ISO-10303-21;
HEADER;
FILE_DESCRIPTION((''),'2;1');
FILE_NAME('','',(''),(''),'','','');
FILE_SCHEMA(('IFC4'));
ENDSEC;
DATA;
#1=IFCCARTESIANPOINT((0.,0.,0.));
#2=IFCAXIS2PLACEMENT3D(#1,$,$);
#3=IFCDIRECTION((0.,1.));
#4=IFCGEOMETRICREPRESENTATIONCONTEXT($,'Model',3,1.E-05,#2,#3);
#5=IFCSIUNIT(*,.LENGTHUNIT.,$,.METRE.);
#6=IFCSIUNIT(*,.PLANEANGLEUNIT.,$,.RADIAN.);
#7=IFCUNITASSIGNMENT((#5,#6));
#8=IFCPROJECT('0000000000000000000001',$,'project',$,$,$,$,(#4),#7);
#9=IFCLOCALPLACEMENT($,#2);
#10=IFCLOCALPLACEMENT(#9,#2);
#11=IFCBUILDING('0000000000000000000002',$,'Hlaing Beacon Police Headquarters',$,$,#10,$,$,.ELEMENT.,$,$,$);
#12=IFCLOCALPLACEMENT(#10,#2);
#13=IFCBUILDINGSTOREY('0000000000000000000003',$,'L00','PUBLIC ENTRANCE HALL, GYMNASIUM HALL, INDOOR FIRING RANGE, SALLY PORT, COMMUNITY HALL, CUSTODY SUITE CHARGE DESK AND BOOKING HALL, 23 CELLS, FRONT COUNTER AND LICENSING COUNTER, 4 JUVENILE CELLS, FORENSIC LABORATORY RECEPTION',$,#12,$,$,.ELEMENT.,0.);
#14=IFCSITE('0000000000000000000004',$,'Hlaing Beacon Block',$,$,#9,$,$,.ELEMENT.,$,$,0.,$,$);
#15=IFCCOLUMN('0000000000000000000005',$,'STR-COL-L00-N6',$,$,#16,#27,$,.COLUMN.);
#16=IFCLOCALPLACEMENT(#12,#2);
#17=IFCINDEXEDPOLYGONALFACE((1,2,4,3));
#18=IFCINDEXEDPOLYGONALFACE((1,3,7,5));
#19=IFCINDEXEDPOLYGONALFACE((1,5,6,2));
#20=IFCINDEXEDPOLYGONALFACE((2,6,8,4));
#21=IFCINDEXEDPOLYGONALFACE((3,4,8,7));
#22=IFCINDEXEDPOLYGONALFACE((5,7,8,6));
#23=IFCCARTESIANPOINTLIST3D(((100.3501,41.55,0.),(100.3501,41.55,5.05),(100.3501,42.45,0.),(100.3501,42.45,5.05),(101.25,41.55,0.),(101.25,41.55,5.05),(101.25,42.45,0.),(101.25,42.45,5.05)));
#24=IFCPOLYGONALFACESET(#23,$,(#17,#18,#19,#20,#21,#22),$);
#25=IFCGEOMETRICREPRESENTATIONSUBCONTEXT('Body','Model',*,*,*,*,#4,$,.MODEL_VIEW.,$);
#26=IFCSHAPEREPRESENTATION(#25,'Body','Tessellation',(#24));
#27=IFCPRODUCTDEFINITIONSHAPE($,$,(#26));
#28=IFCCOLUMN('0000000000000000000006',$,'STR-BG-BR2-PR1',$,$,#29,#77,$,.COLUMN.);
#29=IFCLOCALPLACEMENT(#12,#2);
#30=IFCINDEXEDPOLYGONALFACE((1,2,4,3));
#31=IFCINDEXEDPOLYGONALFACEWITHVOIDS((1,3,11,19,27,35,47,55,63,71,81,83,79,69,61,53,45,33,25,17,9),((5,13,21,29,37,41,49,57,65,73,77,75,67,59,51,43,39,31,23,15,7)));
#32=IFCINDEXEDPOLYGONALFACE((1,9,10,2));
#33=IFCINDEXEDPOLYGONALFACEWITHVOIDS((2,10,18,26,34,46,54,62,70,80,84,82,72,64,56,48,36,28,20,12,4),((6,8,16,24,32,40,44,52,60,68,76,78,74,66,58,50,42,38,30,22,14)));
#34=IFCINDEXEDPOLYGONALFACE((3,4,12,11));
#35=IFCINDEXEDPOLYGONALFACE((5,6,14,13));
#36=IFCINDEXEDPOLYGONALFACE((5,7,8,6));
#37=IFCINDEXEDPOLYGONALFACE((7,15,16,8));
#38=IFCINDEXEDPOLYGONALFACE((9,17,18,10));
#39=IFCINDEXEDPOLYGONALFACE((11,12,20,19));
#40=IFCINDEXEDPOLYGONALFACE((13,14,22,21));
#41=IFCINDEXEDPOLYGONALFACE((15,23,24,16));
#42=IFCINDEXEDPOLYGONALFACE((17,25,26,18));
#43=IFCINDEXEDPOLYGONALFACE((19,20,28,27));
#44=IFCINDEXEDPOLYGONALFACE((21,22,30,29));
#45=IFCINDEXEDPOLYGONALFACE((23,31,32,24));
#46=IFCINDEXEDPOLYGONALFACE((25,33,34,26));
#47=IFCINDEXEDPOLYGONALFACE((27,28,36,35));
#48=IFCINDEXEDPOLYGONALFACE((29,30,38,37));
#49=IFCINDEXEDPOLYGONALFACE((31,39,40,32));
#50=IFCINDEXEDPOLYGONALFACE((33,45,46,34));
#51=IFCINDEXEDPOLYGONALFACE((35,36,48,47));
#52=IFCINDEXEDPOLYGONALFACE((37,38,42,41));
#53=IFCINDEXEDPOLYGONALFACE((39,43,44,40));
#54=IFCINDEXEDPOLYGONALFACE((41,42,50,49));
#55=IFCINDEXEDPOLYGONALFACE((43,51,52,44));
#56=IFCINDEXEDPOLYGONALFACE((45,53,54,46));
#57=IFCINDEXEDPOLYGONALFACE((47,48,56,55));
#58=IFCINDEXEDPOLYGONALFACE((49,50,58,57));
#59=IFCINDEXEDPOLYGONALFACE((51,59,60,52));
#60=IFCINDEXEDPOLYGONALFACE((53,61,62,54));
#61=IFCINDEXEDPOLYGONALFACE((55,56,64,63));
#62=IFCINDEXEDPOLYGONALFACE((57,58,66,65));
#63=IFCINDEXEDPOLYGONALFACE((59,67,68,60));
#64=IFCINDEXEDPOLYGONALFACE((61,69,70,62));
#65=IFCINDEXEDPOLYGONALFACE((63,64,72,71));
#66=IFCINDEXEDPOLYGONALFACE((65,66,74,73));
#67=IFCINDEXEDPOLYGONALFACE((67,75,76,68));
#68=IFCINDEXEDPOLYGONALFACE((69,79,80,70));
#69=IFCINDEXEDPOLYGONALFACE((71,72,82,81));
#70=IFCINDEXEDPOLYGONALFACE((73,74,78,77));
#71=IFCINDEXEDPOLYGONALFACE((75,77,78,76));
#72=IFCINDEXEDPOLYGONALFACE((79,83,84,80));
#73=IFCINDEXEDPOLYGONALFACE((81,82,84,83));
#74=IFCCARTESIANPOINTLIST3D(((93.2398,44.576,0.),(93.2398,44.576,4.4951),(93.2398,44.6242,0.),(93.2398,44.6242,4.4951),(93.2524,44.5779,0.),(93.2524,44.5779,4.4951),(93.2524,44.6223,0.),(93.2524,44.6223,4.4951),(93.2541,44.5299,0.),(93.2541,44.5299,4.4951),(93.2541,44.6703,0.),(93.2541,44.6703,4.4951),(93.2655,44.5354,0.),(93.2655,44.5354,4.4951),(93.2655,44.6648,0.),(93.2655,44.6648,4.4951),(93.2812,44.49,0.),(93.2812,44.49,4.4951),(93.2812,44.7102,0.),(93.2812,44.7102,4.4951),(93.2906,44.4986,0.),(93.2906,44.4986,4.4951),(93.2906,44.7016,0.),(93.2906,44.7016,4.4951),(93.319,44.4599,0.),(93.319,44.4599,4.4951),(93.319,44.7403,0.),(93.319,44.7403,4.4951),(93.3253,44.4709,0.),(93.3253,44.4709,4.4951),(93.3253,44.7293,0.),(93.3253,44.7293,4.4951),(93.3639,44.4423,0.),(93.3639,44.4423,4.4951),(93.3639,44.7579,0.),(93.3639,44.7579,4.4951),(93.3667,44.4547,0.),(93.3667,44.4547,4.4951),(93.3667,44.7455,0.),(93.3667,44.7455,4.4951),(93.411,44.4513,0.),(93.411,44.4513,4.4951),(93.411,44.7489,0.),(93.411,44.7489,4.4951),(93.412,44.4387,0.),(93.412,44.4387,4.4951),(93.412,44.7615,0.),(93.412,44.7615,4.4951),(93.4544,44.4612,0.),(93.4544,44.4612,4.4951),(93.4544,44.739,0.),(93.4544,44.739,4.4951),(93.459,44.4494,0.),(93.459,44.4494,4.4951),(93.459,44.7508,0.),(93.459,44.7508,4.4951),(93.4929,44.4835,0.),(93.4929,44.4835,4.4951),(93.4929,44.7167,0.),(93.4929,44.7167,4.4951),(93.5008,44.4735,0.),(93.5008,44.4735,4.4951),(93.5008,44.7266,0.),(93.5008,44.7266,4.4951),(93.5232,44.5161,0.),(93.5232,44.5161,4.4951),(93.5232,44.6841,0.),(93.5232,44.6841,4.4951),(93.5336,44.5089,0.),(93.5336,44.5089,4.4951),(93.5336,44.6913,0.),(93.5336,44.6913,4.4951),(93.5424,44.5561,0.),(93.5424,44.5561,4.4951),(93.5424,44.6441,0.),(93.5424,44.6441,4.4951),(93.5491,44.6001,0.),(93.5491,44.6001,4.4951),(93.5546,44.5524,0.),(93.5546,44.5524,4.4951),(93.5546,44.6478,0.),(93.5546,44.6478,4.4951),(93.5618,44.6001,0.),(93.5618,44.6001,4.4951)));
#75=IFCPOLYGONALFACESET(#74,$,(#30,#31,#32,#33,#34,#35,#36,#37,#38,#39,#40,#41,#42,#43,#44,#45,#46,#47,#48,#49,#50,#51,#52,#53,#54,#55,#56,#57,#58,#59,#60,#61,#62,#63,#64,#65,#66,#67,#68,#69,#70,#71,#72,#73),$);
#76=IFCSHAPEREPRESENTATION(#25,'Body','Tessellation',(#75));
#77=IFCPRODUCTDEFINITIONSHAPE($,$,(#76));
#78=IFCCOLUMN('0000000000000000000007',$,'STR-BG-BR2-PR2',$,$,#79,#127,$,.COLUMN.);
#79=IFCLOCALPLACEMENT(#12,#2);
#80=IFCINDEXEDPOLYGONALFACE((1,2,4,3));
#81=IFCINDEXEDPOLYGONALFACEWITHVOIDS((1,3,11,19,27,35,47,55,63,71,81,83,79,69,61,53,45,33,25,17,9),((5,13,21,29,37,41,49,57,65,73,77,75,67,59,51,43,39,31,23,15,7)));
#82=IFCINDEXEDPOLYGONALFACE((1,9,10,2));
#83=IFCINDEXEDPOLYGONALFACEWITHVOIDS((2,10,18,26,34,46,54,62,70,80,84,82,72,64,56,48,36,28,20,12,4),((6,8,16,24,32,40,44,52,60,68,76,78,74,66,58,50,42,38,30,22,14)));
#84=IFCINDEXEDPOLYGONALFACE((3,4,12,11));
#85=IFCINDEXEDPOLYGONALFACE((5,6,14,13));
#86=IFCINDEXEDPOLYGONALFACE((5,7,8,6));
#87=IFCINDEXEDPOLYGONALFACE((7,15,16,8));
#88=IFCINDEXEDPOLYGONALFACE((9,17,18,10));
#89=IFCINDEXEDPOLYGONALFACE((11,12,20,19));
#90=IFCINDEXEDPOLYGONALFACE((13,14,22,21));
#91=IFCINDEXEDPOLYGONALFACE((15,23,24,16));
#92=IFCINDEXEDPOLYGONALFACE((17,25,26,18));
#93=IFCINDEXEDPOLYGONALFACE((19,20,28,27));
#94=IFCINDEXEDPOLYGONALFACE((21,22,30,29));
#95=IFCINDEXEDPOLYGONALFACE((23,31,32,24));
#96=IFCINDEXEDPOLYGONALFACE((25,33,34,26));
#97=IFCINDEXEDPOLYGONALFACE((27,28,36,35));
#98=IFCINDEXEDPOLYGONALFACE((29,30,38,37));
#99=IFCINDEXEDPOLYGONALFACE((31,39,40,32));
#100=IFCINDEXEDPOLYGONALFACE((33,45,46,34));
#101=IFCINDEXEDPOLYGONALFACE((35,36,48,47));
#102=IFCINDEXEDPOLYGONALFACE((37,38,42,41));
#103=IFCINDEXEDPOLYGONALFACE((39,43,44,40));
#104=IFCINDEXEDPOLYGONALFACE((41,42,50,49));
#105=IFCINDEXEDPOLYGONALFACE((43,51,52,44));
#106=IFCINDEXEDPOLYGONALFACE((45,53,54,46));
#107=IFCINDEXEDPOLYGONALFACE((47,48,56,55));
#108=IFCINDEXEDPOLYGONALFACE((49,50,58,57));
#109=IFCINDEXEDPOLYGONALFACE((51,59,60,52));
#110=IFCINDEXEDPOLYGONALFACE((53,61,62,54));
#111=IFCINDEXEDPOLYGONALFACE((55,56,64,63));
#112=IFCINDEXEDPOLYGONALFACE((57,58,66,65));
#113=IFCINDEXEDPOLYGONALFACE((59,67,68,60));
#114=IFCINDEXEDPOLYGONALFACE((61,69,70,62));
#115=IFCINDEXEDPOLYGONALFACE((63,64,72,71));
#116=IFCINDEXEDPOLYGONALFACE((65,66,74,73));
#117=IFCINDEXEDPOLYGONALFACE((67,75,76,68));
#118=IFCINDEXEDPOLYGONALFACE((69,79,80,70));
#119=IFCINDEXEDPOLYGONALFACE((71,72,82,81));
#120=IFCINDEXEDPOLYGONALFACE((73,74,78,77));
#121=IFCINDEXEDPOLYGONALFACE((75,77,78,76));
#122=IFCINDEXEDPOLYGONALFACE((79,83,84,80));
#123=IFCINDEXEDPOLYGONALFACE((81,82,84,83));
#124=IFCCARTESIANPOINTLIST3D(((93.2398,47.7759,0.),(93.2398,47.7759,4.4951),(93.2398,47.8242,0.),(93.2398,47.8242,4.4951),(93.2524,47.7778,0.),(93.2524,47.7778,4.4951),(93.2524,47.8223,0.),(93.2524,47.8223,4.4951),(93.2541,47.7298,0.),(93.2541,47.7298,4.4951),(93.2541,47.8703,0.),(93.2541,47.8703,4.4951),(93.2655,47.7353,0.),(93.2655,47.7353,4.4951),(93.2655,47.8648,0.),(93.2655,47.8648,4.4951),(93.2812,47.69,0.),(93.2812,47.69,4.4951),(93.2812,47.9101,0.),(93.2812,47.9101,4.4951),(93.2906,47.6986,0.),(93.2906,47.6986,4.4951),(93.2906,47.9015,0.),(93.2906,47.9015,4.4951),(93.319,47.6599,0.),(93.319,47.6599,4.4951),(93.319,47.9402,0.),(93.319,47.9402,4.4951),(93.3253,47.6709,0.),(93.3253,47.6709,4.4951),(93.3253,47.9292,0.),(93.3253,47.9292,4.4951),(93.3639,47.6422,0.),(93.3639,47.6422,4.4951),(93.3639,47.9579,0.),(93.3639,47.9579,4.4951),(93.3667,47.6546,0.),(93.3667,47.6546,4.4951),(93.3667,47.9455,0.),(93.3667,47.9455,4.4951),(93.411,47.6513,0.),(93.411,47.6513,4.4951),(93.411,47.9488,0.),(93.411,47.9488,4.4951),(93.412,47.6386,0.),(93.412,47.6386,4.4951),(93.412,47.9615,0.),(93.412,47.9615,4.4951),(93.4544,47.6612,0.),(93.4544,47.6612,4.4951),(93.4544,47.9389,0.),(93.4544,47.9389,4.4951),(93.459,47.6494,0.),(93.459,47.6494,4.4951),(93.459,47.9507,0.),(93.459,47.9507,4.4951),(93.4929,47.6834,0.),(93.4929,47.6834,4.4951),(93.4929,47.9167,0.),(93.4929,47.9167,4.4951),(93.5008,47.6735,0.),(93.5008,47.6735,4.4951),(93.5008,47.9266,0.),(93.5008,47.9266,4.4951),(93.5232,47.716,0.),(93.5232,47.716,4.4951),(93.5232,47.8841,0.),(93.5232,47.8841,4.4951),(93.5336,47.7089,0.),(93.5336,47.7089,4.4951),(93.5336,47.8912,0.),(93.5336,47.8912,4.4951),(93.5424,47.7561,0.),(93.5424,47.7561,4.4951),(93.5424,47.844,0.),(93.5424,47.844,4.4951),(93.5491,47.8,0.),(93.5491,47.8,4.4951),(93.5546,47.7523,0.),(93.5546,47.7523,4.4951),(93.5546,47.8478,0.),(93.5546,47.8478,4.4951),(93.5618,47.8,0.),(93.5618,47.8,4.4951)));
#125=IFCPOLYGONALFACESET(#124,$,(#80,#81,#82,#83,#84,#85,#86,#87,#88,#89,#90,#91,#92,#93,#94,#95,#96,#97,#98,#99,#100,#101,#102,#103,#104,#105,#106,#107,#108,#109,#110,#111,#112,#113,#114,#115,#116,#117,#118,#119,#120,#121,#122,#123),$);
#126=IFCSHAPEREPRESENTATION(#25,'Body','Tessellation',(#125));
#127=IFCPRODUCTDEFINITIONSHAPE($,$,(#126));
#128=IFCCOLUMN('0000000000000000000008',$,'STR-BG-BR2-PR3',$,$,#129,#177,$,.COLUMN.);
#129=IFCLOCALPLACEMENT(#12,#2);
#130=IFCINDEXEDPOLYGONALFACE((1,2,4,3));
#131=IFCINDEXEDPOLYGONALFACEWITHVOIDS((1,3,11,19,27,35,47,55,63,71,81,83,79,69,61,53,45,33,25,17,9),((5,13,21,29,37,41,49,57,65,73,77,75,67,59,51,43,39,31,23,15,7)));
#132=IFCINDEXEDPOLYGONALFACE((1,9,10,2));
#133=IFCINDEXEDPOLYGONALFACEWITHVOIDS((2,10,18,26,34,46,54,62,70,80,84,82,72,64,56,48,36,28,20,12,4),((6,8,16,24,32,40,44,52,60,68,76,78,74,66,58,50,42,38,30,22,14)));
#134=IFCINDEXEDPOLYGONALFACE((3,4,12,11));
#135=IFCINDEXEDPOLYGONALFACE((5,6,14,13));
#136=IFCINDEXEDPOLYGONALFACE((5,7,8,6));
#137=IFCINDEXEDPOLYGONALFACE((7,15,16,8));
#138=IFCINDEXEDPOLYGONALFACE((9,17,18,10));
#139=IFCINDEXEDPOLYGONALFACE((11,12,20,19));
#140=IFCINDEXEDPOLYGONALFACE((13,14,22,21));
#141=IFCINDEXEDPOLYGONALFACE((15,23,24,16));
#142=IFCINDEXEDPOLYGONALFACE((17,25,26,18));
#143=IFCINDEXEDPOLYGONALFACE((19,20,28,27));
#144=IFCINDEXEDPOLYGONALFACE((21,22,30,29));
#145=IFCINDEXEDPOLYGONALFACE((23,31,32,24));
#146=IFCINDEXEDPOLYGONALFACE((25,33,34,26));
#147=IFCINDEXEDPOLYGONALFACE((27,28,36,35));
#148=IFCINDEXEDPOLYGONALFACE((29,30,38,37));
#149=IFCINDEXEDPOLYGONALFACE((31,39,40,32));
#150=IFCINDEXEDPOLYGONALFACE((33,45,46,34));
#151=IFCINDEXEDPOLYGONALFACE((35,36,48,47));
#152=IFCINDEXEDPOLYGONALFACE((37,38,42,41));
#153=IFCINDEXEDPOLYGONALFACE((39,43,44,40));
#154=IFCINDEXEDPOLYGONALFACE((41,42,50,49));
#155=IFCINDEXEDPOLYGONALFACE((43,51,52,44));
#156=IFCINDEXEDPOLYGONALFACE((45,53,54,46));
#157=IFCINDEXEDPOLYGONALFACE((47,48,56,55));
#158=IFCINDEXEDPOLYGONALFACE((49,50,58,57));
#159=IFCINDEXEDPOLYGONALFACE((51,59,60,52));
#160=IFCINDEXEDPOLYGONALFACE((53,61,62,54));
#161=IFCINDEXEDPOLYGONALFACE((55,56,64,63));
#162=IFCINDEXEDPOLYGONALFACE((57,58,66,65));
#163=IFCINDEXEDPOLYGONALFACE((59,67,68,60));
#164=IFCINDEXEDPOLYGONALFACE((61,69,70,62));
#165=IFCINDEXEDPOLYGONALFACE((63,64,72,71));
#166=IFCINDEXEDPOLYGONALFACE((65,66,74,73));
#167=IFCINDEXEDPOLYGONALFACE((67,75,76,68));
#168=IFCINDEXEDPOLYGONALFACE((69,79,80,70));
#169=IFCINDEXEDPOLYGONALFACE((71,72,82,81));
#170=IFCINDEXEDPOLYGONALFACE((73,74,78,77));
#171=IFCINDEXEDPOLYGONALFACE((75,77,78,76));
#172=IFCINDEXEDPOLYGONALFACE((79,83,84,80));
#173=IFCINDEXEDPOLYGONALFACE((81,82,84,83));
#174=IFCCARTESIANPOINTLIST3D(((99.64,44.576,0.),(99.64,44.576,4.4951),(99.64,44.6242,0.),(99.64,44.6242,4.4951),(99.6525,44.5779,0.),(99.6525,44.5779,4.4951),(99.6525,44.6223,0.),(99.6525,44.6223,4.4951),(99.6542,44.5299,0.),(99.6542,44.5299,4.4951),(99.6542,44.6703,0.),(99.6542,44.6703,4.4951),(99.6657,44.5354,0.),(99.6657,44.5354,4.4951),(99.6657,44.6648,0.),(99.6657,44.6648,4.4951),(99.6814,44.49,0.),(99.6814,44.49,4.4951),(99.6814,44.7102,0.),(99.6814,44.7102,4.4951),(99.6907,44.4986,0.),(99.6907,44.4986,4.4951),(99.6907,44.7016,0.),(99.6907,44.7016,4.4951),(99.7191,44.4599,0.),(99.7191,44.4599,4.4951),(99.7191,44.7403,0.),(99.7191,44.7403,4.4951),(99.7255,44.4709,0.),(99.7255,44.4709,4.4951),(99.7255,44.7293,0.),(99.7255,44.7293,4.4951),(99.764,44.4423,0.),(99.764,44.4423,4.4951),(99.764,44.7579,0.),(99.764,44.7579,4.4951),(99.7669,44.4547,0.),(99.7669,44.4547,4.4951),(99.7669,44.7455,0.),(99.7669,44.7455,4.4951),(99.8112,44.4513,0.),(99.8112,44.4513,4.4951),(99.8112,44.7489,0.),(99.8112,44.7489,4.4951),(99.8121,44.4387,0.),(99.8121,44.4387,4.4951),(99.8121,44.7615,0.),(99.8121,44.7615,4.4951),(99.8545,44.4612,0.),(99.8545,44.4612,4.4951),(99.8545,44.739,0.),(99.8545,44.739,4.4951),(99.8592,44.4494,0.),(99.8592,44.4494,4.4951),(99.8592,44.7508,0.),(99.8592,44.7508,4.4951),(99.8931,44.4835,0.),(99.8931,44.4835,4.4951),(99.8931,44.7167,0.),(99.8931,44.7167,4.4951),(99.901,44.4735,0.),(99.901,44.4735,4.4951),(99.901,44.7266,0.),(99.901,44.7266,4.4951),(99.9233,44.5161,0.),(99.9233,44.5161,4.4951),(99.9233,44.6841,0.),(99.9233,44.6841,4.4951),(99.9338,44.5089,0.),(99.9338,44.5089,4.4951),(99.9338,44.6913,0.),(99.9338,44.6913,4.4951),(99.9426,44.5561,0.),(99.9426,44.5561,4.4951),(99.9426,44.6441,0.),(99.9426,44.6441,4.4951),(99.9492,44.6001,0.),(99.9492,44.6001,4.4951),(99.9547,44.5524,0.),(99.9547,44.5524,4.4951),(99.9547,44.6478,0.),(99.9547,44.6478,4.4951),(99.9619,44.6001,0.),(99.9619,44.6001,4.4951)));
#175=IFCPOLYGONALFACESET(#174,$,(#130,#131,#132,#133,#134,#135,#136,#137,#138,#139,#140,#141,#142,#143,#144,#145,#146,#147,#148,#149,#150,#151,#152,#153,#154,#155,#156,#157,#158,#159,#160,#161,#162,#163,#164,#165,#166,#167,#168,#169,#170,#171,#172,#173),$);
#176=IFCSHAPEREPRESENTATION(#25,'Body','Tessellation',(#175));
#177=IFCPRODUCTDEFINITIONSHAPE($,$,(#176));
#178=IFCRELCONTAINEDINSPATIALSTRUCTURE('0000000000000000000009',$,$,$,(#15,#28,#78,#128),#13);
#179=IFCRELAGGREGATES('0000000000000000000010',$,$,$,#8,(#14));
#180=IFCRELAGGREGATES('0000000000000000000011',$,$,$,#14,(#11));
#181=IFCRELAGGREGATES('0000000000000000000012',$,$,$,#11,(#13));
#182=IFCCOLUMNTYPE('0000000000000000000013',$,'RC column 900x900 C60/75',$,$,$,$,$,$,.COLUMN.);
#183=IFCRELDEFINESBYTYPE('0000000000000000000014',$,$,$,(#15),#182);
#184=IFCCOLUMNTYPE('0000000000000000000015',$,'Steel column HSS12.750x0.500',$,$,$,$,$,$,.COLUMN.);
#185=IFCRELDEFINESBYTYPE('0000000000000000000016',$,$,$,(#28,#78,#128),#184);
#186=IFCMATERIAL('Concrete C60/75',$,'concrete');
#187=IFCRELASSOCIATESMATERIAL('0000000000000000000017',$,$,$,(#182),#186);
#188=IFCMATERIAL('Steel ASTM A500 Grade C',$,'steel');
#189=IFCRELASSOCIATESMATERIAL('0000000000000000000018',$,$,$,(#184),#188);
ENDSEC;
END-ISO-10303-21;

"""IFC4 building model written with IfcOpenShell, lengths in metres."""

from ifc_helpers import new_model, si_unit, direction, frame, origin, origin_2d, place, context, subcontext, project, spatial, rectangle, hollow_circle, extrude, material, material_profile, profile_set, type_object, element, save


model = new_model("IFC4")

# Units and contexts
model_context = context("Model", 3, precision=1e-05, world=origin(), true_north=direction((0.0, 1.0)))
body_context = subcontext(model_context, "Body", "Model", "MODEL_VIEW")
ifc_project = project(units=[si_unit("LENGTHUNIT", "METRE"), si_unit("PLANEANGLEUNIT", "RADIAN")], contexts=[model_context])

# Site, building, storey
site_placement = place(None, origin())
site = spatial("IfcSite", under=ifc_project, at=site_placement, Name="Hlaing Beacon Block", CompositionType="ELEMENT", RefElevation=0.0)
building_placement = place(site_placement, origin())
building = spatial("IfcBuilding", under=site, at=building_placement, Name="Hlaing Beacon Police Headquarters", CompositionType="ELEMENT")
storey_placement = place(building_placement, origin())
storey = spatial("IfcBuildingStorey", under=building, at=storey_placement, Name="L00", Description="PUBLIC ENTRANCE HALL, GYMNASIUM HALL, INDOOR FIRING RANGE, SALLY PORT, COMMUNITY HALL, CUSTODY SUITE CHARGE DESK AND BOOKING HALL, 23 CELLS, FRONT COUNTER AND LICENSING COUNTER, 4 JUVENILE CELLS, FORENSIC LABORATORY RECEPTION", CompositionType="ELEMENT", Elevation=0.0)

# Columns
ifc_material_1 = material(Name="Concrete C60/75", Category="concrete")
ifc_material_profile_1 = material_profile(ifc_material_1, rectangle(XDim=0.8999, YDim=0.8999, at=origin_2d()), Name="900x900")
ifc_profile_set_1 = profile_set([ifc_material_profile_1], Name="Concrete C60/75")
column_type_1 = type_object("IfcColumnType", Name="RC column 900x900 C60/75", PredefinedType="COLUMN", material=ifc_profile_set_1)
column_placement = place(storey_placement, frame((100.8, 42.0, 0.0), z_axis=(0.0, 0.0, 1.0), x_axis=(1.0, 0.0, 0.0)))
element("IfcColumn", 1, at=column_placement, inside=storey, type_object=column_type_1, Name="STR-COL-L00-N6", PredefinedType="COLUMN", context=body_context, shape_type="SweptSolid", body=[
    extrude(rectangle(XDim=0.8999, YDim=0.8999, at=origin_2d()), origin(), (0.0, 0.0, 1.0), 5.05),
])
ifc_material_2 = material(Name="Steel ASTM A500 Grade C", Category="steel")
ifc_material_profile_2 = material_profile(ifc_material_2, hollow_circle(Radius=0.1619, WallThickness=0.0127, at=origin_2d()), Name="HSS12.750x0.500")
ifc_profile_set_2 = profile_set([ifc_material_profile_2], Name="Steel ASTM A500 Grade C")
column_type_2 = type_object("IfcColumnType", Name="Steel column HSS12.750x0.500", PredefinedType="COLUMN", material=ifc_profile_set_2)
for number, where, z_axis, x_axis, name in (
    (2, (93.3999, 44.6001, 0.0), (0.0, 0.0, 1.0), (1.0, 0.0, 0.0), "STR-BG-BR2-PR1"),
    (3, (93.3999, 47.8, 0.0), (0.0, 0.0, 1.0), (1.0, 0.0, 0.0), "STR-BG-BR2-PR2"),
    (4, (99.8, 44.6001, 0.0), (0.0, 0.0, 1.0), (1.0, 0.0, 0.0), "STR-BG-BR2-PR3"),
):
    element("IfcColumn", number, at=place(storey_placement, frame(where, z_axis=z_axis, x_axis=x_axis)), inside=storey, type_object=column_type_2, Name=name, PredefinedType="COLUMN", context=body_context, shape_type="SweptSolid", body=[
        extrude(hollow_circle(Radius=0.1619, WallThickness=0.0127, at=origin_2d()), origin(), (0.0, 0.0, 1.0), 4.4951),
    ])

save(model, "model.ifc")
